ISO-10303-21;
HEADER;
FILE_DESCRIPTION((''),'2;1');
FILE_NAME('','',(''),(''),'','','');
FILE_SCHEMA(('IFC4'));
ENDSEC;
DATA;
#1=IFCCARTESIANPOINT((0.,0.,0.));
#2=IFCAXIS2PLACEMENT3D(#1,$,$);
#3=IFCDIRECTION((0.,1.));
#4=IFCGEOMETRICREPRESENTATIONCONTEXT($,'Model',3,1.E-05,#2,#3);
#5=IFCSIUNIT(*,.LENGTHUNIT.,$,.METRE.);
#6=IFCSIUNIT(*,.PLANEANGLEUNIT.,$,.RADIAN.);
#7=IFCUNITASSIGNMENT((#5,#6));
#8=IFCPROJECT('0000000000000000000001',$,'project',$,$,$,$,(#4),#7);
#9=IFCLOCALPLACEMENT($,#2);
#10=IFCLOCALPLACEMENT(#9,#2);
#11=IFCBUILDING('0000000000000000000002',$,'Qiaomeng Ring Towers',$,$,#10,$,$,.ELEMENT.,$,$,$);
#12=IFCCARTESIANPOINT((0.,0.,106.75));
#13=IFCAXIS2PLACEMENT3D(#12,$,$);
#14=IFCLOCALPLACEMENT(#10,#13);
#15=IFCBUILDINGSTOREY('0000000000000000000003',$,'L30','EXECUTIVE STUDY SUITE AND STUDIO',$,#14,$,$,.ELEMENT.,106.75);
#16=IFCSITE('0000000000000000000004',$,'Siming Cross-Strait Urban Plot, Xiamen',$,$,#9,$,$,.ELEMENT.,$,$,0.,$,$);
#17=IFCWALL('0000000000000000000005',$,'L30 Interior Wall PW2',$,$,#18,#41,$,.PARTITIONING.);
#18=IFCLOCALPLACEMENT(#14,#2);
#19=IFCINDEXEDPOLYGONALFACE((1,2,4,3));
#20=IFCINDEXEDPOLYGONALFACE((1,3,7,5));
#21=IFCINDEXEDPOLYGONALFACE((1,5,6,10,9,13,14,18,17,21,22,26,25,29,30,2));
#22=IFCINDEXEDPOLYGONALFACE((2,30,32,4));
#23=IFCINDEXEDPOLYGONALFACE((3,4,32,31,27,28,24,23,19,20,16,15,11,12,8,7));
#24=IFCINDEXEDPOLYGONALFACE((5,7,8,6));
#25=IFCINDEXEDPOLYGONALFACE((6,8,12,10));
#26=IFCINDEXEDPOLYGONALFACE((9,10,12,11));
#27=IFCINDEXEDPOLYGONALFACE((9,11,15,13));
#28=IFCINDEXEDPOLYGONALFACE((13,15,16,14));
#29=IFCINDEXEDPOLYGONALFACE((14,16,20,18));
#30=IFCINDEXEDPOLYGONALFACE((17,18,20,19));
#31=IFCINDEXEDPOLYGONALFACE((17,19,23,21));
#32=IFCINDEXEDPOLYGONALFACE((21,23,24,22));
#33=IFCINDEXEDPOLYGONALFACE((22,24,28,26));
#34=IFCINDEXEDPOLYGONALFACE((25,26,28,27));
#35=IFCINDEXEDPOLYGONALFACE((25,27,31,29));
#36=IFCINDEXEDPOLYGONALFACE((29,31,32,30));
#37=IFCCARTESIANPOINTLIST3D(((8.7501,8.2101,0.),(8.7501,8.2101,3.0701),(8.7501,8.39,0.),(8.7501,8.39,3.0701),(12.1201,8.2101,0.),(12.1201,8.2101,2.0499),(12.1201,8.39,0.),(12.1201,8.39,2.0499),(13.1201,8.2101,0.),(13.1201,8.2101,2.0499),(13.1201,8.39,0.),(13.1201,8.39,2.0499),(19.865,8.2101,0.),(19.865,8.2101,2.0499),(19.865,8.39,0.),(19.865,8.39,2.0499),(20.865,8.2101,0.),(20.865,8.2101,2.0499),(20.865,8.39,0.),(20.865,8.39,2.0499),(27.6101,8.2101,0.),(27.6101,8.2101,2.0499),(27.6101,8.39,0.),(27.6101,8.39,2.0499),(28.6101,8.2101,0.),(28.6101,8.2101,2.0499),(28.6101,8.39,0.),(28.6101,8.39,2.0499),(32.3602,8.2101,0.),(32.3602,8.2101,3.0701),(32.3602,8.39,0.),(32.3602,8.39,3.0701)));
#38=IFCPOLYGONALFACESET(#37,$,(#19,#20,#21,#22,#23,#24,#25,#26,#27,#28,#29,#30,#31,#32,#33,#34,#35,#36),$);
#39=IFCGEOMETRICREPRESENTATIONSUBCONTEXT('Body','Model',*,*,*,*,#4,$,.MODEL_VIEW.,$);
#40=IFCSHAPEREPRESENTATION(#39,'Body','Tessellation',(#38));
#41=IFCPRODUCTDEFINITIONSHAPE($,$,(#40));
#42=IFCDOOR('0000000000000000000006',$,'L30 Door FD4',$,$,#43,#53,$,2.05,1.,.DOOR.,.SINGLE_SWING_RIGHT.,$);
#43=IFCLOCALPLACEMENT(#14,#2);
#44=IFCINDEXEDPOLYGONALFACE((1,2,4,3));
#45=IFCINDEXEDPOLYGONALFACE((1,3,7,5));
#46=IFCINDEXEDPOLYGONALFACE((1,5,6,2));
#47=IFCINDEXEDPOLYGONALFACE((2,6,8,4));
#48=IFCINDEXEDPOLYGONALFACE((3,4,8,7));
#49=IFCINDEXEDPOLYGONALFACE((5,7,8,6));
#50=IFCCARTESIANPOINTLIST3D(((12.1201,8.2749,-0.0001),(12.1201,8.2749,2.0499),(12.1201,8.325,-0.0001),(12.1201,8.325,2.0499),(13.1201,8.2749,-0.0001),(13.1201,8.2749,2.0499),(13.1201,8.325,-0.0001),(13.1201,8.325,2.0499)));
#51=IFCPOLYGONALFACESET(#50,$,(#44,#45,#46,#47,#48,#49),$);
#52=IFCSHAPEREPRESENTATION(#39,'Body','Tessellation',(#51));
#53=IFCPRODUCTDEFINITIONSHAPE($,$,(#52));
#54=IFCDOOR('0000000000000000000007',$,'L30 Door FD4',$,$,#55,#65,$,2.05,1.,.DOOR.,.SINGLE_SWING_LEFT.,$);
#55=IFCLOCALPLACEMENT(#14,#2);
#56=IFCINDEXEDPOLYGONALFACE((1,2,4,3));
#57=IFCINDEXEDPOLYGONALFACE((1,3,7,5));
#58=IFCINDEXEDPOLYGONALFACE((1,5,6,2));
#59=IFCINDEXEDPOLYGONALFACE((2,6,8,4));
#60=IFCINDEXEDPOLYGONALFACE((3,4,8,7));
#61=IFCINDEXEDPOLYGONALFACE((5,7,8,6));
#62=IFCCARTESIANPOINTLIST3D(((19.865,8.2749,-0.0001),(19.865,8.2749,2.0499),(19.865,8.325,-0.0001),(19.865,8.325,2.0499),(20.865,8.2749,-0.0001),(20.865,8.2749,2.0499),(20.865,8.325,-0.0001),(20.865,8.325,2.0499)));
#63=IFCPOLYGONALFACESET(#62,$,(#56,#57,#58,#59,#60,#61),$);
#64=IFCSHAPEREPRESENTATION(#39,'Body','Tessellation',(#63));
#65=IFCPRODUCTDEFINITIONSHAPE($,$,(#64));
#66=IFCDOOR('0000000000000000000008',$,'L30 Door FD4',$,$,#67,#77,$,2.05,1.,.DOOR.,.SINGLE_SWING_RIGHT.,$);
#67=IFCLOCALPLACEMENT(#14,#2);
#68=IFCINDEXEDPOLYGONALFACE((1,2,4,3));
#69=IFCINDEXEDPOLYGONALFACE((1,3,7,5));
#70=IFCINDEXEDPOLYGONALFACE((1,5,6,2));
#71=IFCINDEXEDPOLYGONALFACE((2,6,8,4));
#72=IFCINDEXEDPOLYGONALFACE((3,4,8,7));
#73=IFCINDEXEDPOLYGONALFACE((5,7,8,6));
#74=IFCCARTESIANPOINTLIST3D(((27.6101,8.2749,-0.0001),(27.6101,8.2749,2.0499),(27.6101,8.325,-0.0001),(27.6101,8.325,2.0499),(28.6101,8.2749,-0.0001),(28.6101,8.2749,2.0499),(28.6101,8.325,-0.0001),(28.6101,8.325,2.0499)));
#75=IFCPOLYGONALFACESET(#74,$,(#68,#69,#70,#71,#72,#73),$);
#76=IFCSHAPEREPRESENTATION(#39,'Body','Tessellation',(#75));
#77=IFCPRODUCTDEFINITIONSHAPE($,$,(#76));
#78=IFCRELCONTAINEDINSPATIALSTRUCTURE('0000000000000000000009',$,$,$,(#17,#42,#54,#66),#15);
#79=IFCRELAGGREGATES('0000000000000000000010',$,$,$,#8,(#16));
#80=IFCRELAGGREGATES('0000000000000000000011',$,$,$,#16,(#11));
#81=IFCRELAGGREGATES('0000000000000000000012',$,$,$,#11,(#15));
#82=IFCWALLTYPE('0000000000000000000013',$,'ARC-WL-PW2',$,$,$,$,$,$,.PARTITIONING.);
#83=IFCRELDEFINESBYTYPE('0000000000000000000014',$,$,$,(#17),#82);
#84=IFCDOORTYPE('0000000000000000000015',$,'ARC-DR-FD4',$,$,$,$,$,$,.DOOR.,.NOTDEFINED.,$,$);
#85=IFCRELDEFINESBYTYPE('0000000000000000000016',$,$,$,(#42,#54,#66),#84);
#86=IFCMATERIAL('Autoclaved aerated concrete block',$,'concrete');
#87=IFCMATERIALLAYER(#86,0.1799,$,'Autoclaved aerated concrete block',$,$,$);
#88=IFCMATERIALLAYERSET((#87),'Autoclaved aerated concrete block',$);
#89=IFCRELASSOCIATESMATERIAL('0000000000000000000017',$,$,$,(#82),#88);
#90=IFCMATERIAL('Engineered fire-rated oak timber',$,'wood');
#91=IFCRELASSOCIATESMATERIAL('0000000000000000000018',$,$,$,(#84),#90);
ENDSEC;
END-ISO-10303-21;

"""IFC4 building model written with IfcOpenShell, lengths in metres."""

from ifc_helpers import new_model, si_unit, direction, frame, frame_2d, origin, place, context, subcontext, project, spatial, rectangle, extrude, source, transform, mapped, material, layer, layer_set, type_object, element, fill, save


model = new_model("IFC4")

# Units and contexts
model_context = context("Model", 3, precision=1e-05, world=origin(), true_north=direction((0.0, 1.0)))
body_context = subcontext(model_context, "Body", "Model", "MODEL_VIEW")
ifc_project = project(units=[si_unit("LENGTHUNIT", "METRE"), si_unit("PLANEANGLEUNIT", "RADIAN")], contexts=[model_context])

# Site, building, storey
site_placement = place(None, origin())
site = spatial("IfcSite", under=ifc_project, at=site_placement, Name="Siming Cross-Strait Urban Plot, Xiamen", CompositionType="ELEMENT", RefElevation=0.0)
building_placement = place(site_placement, origin())
building = spatial("IfcBuilding", under=site, at=building_placement, Name="Qiaomeng Ring Towers", CompositionType="ELEMENT")
storey_placement = place(building_placement, frame((0.0, 0.0, 106.75)))
storey = spatial("IfcBuildingStorey", under=building, at=storey_placement, Name="L30", Description="EXECUTIVE STUDY SUITE AND STUDIO", CompositionType="ELEMENT", Elevation=106.75)

# Wall, openings, doors
ifc_material_1 = material(Name="Autoclaved aerated concrete block", Category="concrete")
ifc_layer_1 = layer(ifc_material_1, 0.1799, Name="Autoclaved aerated concrete block")
ifc_layer_set_1 = layer_set([ifc_layer_1], Name="Autoclaved aerated concrete block")
wall_type_1 = type_object("IfcWallType", Name="ARC-WL-PW2", PredefinedType="PARTITIONING", material=ifc_layer_set_1)
wall_1_placement = place(storey_placement, frame((8.75, 8.3, 0.0), z_axis=(0.0, 0.0, 1.0), x_axis=(1.0, 0.0, 0.0)))
wall_1 = element("IfcWall", 1, at=wall_1_placement, inside=storey, type_object=wall_type_1, Name="L30 Interior Wall PW2", PredefinedType="PARTITIONING", context=body_context, shape_type="SweptSolid", body=[
    extrude(rectangle(XDim=23.6101, YDim=0.1799, at=frame_2d((11.8052, 0.0))), origin(), (0.0, 0.0, 1.0), 3.0701),
])
opening_1_placement = place(wall_1_placement, frame((3.3701, 0.0, 0.0)))
opening_1 = element("IfcOpeningElement", 2, at=opening_1_placement, cuts=wall_1, PredefinedType="OPENING", context=body_context, shape_type="SweptSolid", body=[
    extrude(rectangle(XDim=1.0, YDim=2.05, at=frame_2d((0.5, 1.0249))), frame((0.0, 0.0999, 0.0), z_axis=(0.0, -1.0, 0.0), x_axis=(1.0, 0.0, 0.0)), (0.0, 0.0, 1.0), 0.2),
])
opening_2_placement = place(wall_1_placement, frame((11.115, 0.0, 0.0)))
opening_2 = element("IfcOpeningElement", 3, at=opening_2_placement, cuts=wall_1, PredefinedType="OPENING", context=body_context, shape_type="SweptSolid", body=[
    extrude(rectangle(XDim=1.0, YDim=2.05, at=frame_2d((0.5, 1.0249))), frame((0.0, 0.0999, 0.0), z_axis=(0.0, -1.0, 0.0), x_axis=(1.0, 0.0, 0.0)), (0.0, 0.0, 1.0), 0.2),
])
opening_3_placement = place(wall_1_placement, frame((18.8601, 0.0, 0.0)))
opening_3 = element("IfcOpeningElement", 4, at=opening_3_placement, cuts=wall_1, PredefinedType="OPENING", context=body_context, shape_type="SweptSolid", body=[
    extrude(rectangle(XDim=1.0, YDim=2.05, at=frame_2d((0.5, 1.0249))), frame((0.0, 0.0999, 0.0), z_axis=(0.0, -1.0, 0.0), x_axis=(1.0, 0.0, 0.0)), (0.0, 0.0, 1.0), 0.2),
])
ifc_material_2 = material(Name="Engineered fire-rated oak timber", Category="wood")
door_type_1 = type_object("IfcDoorType", Name="ARC-DR-FD4", OperationType="NOTDEFINED", PredefinedType="DOOR", material=ifc_material_2)
shared_shape_1 = source(origin(), body_context, "Body", "SweptSolid", [
    extrude(rectangle(XDim=1.0, YDim=2.05, at=frame_2d((0.5, 1.0249))), frame((0.0, 0.0249, 0.0), z_axis=(0.0, -1.0, 0.0), x_axis=(1.0, 0.0, 0.0)), (0.0, 0.0, 1.0), 0.05),
])
door_1_placement = place(opening_1_placement, origin())
door_1 = element("IfcDoor", 5, at=door_1_placement, inside=storey, type_object=door_type_1, Name="L30 Door FD4", OperationType="SINGLE_SWING_RIGHT", OverallHeight=2.05, OverallWidth=1.0, PredefinedType="DOOR", context=body_context, shape_type="MappedRepresentation", body=[
    mapped(shared_shape_1, transform((0.0, 0.0, 0.0), x_axis=(1.0, 0.0, 0.0), y_axis=(0.0, 1.0, 0.0), z_axis=(0.0, 0.0, 1.0), scale=1.0)),
])
fill(opening_1, door_1)
door_2_placement = place(opening_2_placement, origin())
door_2 = element("IfcDoor", 6, at=door_2_placement, inside=storey, type_object=door_type_1, Name="L30 Door FD4", OperationType="SINGLE_SWING_LEFT", OverallHeight=2.05, OverallWidth=1.0, PredefinedType="DOOR", context=body_context, shape_type="MappedRepresentation", body=[
    mapped(shared_shape_1, transform((0.0, 0.0, 0.0), x_axis=(1.0, 0.0, 0.0), y_axis=(0.0, 1.0, 0.0), z_axis=(0.0, 0.0, 1.0), scale=1.0)),
])
fill(opening_2, door_2)
door_3_placement = place(opening_3_placement, origin())
door_3 = element("IfcDoor", 7, at=door_3_placement, inside=storey, type_object=door_type_1, Name="L30 Door FD4", OperationType="SINGLE_SWING_RIGHT", OverallHeight=2.05, OverallWidth=1.0, PredefinedType="DOOR", context=body_context, shape_type="MappedRepresentation", body=[
    mapped(shared_shape_1, transform((0.0, 0.0, 0.0), x_axis=(1.0, 0.0, 0.0), y_axis=(0.0, 1.0, 0.0), z_axis=(0.0, 0.0, 1.0), scale=1.0)),
])
fill(opening_3, door_3)

save(model, "model.ifc")
